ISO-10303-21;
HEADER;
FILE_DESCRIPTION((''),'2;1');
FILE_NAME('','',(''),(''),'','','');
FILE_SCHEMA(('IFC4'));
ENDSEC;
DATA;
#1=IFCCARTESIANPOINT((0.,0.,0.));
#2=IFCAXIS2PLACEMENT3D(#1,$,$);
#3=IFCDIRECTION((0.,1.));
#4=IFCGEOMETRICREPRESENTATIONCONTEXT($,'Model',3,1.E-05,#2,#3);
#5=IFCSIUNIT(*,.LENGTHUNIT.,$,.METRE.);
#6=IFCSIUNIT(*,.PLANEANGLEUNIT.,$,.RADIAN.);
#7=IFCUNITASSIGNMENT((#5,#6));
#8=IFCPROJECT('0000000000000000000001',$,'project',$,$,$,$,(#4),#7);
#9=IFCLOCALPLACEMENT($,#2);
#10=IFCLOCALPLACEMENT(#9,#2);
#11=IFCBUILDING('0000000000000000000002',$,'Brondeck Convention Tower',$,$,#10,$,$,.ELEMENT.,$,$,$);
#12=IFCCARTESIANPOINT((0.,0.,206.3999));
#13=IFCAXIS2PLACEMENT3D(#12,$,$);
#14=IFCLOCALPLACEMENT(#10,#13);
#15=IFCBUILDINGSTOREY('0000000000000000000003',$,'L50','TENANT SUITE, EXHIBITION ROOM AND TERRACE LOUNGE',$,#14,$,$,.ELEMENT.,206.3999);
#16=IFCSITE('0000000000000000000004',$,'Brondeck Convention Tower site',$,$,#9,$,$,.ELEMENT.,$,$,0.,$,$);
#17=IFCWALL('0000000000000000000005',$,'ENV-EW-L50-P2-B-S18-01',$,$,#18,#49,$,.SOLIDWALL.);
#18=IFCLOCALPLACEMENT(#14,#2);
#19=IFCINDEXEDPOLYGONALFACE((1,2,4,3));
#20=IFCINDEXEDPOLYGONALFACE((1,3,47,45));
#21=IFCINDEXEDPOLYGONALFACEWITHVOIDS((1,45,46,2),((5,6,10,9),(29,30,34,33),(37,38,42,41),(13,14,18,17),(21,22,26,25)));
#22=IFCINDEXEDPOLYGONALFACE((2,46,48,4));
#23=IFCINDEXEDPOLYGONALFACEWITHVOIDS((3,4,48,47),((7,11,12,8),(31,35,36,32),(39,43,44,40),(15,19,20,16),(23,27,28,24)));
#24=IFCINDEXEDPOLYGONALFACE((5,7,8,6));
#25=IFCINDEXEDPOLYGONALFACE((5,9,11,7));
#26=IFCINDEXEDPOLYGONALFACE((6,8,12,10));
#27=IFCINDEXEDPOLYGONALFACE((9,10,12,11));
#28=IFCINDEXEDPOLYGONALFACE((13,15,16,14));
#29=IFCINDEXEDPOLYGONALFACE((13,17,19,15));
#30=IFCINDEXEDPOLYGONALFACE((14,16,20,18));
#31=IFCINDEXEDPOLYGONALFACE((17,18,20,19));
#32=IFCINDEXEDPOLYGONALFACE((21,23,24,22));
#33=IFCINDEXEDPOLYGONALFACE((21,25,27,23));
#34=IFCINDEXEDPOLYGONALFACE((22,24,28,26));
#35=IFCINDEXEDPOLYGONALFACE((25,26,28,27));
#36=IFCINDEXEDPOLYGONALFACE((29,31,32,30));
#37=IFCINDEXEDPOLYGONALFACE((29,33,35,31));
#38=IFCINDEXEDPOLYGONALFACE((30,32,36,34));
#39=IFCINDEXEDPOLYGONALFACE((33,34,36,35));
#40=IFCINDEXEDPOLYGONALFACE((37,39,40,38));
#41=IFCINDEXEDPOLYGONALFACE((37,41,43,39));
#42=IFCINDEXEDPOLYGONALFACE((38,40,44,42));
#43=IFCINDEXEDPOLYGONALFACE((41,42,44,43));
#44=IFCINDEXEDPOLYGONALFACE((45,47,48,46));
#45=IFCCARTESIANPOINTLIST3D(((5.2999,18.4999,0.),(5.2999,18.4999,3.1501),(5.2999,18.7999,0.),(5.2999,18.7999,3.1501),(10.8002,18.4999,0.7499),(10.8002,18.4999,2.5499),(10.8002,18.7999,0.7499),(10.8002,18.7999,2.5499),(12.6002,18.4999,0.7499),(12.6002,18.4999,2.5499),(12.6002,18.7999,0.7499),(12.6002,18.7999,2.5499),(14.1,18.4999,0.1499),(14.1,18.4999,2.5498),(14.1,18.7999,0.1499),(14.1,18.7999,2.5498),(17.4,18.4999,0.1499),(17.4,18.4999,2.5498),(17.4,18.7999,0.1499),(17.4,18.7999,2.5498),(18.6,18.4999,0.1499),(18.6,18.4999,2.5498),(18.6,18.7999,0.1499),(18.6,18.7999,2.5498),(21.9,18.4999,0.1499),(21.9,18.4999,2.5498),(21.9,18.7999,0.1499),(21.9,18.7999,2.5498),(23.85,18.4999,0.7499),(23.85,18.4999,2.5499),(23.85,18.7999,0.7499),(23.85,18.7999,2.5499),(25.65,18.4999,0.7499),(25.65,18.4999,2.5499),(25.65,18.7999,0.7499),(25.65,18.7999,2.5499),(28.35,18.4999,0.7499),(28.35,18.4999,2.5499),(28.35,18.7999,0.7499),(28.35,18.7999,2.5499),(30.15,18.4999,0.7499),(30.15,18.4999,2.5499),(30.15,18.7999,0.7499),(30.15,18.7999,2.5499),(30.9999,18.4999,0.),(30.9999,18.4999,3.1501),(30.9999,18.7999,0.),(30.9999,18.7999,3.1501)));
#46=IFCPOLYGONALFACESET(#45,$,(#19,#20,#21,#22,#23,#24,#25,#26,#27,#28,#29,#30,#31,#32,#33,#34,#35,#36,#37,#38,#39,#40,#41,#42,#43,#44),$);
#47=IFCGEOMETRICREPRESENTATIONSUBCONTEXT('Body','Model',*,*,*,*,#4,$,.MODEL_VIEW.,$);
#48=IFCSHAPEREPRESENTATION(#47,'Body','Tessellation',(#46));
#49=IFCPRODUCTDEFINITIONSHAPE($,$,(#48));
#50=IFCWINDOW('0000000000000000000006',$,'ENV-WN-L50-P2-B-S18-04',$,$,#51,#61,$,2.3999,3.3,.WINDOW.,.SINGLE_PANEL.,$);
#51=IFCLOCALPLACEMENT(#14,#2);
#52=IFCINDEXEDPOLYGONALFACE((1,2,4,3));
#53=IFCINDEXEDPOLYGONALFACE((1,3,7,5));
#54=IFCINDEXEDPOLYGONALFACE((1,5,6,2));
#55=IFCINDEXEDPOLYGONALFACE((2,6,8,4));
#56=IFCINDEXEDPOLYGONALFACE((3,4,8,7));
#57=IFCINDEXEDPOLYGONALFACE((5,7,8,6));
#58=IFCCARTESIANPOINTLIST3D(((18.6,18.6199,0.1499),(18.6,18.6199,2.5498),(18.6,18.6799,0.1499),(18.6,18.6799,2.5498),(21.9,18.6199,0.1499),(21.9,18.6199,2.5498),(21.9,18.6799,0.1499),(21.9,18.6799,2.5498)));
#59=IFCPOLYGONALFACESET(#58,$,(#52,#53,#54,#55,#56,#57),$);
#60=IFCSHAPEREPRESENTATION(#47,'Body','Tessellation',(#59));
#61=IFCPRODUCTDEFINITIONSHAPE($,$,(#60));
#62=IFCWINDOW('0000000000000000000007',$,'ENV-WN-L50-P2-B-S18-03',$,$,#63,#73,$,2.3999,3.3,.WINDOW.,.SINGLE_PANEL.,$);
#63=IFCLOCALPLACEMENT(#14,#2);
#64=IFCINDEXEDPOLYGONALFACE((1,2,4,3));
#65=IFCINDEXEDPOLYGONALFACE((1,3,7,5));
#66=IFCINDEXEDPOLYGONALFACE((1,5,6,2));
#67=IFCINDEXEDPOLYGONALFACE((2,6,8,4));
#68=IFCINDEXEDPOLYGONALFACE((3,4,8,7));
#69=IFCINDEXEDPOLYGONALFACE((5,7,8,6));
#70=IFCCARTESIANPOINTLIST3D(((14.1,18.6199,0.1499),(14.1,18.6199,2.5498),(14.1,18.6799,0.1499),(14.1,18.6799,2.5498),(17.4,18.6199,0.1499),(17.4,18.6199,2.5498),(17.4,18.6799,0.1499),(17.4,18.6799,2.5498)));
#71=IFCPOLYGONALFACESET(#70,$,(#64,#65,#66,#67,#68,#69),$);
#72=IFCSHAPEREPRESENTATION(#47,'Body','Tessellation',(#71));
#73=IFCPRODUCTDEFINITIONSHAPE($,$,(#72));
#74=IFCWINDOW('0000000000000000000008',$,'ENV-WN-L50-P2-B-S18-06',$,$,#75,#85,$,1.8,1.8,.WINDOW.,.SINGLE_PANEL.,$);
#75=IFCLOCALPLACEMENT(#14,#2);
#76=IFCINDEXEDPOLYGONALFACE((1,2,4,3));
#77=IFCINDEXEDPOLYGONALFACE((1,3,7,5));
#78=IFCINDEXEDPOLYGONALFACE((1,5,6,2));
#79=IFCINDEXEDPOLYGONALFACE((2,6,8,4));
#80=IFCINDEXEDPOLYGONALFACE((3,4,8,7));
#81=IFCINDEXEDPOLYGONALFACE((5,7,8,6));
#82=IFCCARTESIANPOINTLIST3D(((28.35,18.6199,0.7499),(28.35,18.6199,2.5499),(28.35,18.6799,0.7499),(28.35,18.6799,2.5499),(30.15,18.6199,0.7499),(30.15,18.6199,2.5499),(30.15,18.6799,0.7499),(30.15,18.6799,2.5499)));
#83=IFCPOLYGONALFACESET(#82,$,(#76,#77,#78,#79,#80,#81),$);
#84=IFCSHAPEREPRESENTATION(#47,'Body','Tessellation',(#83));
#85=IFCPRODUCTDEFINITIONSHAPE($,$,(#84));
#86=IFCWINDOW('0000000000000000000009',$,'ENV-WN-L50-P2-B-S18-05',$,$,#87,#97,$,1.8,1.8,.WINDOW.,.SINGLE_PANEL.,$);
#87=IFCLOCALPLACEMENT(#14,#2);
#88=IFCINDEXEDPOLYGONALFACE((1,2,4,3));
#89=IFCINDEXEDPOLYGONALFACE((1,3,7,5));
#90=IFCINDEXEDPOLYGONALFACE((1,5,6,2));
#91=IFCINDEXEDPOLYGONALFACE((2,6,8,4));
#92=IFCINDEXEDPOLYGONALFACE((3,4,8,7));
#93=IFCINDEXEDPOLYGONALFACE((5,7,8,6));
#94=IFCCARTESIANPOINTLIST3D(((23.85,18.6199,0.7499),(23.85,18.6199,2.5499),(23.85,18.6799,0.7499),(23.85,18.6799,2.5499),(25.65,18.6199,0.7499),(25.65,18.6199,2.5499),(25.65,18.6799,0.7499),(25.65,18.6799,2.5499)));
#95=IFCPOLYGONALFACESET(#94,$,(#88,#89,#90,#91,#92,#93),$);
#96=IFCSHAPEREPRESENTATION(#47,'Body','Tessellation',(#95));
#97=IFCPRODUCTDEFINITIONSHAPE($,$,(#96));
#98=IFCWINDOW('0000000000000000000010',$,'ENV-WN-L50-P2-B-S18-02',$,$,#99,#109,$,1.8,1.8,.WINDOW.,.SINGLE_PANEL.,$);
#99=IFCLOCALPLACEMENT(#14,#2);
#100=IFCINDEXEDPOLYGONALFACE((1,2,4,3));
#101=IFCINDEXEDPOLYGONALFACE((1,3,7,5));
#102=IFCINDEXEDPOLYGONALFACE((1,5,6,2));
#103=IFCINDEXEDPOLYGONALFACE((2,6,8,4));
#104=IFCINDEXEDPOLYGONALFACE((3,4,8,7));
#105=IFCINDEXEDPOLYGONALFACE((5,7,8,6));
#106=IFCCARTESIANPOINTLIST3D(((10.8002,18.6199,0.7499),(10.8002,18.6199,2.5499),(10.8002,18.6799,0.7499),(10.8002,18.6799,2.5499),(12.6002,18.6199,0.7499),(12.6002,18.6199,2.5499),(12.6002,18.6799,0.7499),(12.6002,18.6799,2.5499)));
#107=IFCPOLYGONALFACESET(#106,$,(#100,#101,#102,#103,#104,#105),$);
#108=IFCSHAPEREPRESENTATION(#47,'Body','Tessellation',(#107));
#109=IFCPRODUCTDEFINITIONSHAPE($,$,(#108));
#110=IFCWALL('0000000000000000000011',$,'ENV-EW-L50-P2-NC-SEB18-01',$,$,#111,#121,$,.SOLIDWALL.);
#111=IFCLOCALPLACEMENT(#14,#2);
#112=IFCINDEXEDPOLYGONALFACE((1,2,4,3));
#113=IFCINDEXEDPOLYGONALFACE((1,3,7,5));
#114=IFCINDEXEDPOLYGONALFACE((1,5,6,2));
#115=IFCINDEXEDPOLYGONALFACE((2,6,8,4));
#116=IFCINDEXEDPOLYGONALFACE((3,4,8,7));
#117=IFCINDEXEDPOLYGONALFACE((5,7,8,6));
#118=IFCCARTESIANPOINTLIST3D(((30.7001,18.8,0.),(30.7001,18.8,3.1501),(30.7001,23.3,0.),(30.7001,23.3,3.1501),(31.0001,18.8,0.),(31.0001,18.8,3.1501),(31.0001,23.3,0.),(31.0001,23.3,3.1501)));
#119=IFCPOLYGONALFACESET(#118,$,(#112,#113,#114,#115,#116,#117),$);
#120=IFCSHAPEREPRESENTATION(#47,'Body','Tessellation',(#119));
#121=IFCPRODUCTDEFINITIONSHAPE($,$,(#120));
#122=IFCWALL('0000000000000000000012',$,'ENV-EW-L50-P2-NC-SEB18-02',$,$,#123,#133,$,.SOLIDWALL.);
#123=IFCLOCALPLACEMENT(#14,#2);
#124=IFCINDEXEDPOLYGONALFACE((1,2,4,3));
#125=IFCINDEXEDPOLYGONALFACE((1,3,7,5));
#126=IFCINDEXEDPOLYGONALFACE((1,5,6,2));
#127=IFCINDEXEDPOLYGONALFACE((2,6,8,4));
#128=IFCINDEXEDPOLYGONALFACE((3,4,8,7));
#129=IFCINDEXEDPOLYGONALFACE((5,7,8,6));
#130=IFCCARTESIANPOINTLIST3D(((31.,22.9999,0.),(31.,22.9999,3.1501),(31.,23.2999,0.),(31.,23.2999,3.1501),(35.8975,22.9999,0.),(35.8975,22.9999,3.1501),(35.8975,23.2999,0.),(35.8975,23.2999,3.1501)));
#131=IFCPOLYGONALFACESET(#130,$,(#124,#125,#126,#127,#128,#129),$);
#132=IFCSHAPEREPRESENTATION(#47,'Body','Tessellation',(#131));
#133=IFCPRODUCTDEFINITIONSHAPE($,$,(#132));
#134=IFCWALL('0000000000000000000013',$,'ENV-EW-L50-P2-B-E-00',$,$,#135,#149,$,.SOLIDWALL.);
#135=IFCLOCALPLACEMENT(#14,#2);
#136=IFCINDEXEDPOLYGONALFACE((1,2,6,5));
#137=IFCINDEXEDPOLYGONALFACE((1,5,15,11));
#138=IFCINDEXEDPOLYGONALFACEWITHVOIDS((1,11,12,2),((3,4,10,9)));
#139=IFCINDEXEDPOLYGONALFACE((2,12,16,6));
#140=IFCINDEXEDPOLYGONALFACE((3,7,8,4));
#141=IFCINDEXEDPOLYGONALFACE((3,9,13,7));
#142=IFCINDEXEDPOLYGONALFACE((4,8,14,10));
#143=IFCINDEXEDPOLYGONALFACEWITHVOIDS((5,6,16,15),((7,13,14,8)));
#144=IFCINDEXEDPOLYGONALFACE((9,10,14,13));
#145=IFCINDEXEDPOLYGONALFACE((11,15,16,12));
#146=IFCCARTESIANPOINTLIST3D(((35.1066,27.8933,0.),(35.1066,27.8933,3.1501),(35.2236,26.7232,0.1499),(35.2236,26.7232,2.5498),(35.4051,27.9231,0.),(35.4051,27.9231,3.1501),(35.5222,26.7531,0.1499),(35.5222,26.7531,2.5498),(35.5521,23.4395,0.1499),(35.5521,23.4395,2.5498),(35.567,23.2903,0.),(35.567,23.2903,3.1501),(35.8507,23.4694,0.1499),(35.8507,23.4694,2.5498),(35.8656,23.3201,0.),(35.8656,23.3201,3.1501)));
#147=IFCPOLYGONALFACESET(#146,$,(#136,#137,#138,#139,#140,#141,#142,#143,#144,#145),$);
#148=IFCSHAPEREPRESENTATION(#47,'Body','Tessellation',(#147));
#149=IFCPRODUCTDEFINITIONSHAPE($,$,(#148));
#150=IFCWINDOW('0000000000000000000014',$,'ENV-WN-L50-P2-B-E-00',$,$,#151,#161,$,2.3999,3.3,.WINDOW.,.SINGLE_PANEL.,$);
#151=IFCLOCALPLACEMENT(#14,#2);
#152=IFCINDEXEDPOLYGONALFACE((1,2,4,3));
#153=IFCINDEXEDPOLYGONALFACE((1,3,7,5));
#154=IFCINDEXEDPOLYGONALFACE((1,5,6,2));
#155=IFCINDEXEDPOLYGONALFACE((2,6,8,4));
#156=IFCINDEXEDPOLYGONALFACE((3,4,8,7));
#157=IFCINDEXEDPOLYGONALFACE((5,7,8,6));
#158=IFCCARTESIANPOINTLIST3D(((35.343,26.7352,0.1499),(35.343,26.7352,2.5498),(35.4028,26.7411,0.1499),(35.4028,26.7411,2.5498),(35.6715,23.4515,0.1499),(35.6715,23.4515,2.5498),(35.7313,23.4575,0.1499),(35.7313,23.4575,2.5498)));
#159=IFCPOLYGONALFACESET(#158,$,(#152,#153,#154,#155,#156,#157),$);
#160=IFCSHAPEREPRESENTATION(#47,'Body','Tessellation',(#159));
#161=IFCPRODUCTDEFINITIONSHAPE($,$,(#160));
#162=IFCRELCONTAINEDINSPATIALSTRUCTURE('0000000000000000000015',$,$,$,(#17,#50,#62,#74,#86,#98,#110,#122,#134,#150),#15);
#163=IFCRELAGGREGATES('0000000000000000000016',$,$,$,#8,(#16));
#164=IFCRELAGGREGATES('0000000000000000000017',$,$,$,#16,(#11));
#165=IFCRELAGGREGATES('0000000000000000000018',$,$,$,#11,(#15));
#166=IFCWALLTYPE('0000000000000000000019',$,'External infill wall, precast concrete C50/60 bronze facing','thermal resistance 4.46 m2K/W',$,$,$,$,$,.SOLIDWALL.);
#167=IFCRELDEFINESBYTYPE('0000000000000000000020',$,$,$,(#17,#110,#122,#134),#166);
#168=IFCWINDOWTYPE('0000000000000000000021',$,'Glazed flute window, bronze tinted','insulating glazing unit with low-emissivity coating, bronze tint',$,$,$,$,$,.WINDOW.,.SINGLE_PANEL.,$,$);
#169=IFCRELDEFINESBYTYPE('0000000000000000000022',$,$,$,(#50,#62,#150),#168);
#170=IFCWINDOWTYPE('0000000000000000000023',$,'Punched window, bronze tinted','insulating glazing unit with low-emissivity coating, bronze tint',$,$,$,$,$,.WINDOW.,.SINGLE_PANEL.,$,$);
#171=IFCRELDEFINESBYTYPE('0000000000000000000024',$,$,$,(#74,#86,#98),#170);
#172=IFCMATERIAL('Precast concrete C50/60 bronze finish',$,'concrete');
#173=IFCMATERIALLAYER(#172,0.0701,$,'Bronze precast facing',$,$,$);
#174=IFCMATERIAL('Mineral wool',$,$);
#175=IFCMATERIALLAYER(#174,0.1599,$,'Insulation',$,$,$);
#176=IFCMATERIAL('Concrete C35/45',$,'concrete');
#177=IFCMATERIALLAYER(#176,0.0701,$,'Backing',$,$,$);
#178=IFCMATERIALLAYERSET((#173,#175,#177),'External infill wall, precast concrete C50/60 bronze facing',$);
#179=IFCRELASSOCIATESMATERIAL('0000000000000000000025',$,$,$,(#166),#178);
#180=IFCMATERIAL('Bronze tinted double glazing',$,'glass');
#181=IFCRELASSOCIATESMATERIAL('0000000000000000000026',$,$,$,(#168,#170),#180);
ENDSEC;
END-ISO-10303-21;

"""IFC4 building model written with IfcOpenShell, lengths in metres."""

from ifc_helpers import new_model, si_unit, direction, frame, frame_2d, origin, place, context, subcontext, project, spatial, rectangle, extrude, material, layer, layer_set, type_object, element, fill, save


model = new_model("IFC4")

# Units and contexts
model_context = context("Model", 3, precision=1e-05, world=origin(), true_north=direction((0.0, 1.0)))
body_context = subcontext(model_context, "Body", "Model", "MODEL_VIEW")
ifc_project = project(units=[si_unit("LENGTHUNIT", "METRE"), si_unit("PLANEANGLEUNIT", "RADIAN")], contexts=[model_context])

# Site, building, storey
site_placement = place(None, origin())
site = spatial("IfcSite", under=ifc_project, at=site_placement, Name="Brondeck Convention Tower site", CompositionType="ELEMENT", RefElevation=0.0)
building_placement = place(site_placement, origin())
building = spatial("IfcBuilding", under=site, at=building_placement, Name="Brondeck Convention Tower", CompositionType="ELEMENT")
storey_placement = place(building_placement, frame((0.0, 0.0, 206.3999)))
storey = spatial("IfcBuildingStorey", under=building, at=storey_placement, Name="L50", Description="TENANT SUITE, EXHIBITION ROOM AND TERRACE LOUNGE", CompositionType="ELEMENT", Elevation=206.3999)

# Wall, openings, windows
ifc_material_1 = material(Name="Precast concrete C50/60 bronze finish", Category="concrete")
ifc_layer_1 = layer(ifc_material_1, 0.0701, Name="Bronze precast facing")
ifc_material_2 = material(Name="Mineral wool")
ifc_layer_2 = layer(ifc_material_2, 0.1599, Name="Insulation")
ifc_material_3 = material(Name="Concrete C35/45", Category="concrete")
ifc_layer_3 = layer(ifc_material_3, 0.0701, Name="Backing")
ifc_layer_set_1 = layer_set([ifc_layer_1, ifc_layer_2, ifc_layer_3], Name="External infill wall, precast concrete C50/60 bronze facing")
wall_type_1 = type_object("IfcWallType", Name="External infill wall, precast concrete C50/60 bronze facing", Description="thermal resistance 4.46 m2K/W", PredefinedType="SOLIDWALL", material=ifc_layer_set_1)
wall_1_placement = place(storey_placement, frame((31.0, 18.6499, 0.0), z_axis=(0.0, 0.0, 1.0), x_axis=(-1.0, 0.0, 0.0)))
wall_1 = element("IfcWall", 1, at=wall_1_placement, inside=storey, type_object=wall_type_1, Name="ENV-EW-L50-P2-B-S18-01", PredefinedType="SOLIDWALL", context=body_context, shape_type="SweptSolid", body=[
    extrude(rectangle(XDim=25.7, YDim=0.3, at=frame_2d((12.8501, 0.0))), origin(), (0.0, 0.0, 1.0), 3.1501),
])
opening_1_placement = place(wall_1_placement, frame((0.8501, 0.0, 0.75)))
opening_1 = element("IfcOpeningElement", 2, at=opening_1_placement, cuts=wall_1, PredefinedType="OPENING", context=body_context, shape_type="SweptSolid", body=[
    extrude(rectangle(XDim=1.8, YDim=1.8, at=frame_2d((0.8999, 0.8999))), frame((0.0, 0.1599, 0.0), z_axis=(0.0, -1.0, 0.0), x_axis=(1.0, 0.0, 0.0)), (0.0, 0.0, 1.0), 0.3201),
])
opening_2_placement = place(wall_1_placement, frame((5.3501, 0.0, 0.75)))
opening_2 = element("IfcOpeningElement", 3, at=opening_2_placement, cuts=wall_1, PredefinedType="OPENING", context=body_context, shape_type="SweptSolid", body=[
    extrude(rectangle(XDim=1.8, YDim=1.8, at=frame_2d((0.8999, 0.8999))), frame((0.0, 0.1599, 0.0), z_axis=(0.0, -1.0, 0.0), x_axis=(1.0, 0.0, 0.0)), (0.0, 0.0, 1.0), 0.3201),
])
opening_3_placement = place(wall_1_placement, frame((9.1001, 0.0, 0.1499)))
opening_3 = element("IfcOpeningElement", 4, at=opening_3_placement, cuts=wall_1, PredefinedType="OPENING", context=body_context, shape_type="SweptSolid", body=[
    extrude(rectangle(XDim=3.3, YDim=2.3999, at=frame_2d((1.6499, 1.2))), frame((0.0, 0.1599, 0.0), z_axis=(0.0, -1.0, 0.0), x_axis=(1.0, 0.0, 0.0)), (0.0, 0.0, 1.0), 0.3201),
])
opening_4_placement = place(wall_1_placement, frame((13.6001, 0.0, 0.1499)))
opening_4 = element("IfcOpeningElement", 5, at=opening_4_placement, cuts=wall_1, PredefinedType="OPENING", context=body_context, shape_type="SweptSolid", body=[
    extrude(rectangle(XDim=3.3, YDim=2.3999, at=frame_2d((1.6499, 1.2))), frame((0.0, 0.1599, 0.0), z_axis=(0.0, -1.0, 0.0), x_axis=(1.0, 0.0, 0.0)), (0.0, 0.0, 1.0), 0.3201),
])
opening_5_placement = place(wall_1_placement, frame((18.3999, 0.0, 0.75)))
opening_5 = element("IfcOpeningElement", 6, at=opening_5_placement, cuts=wall_1, PredefinedType="OPENING", context=body_context, shape_type="SweptSolid", body=[
    extrude(rectangle(XDim=1.8, YDim=1.8, at=frame_2d((0.8999, 0.8999))), frame((0.0, 0.1599, 0.0), z_axis=(0.0, -1.0, 0.0), x_axis=(1.0, 0.0, 0.0)), (0.0, 0.0, 1.0), 0.3201),
])
ifc_material_4 = material(Name="Bronze tinted double glazing", Category="glass")
window_type_1 = type_object("IfcWindowType", Name="Glazed flute window, bronze tinted", Description="insulating glazing unit with low-emissivity coating, bronze tint", PartitioningType="SINGLE_PANEL", PredefinedType="WINDOW", material=ifc_material_4)
window_1_placement = place(opening_3_placement, origin())
window_1 = element("IfcWindow", 7, at=window_1_placement, inside=storey, type_object=window_type_1, Name="ENV-WN-L50-P2-B-S18-04", OverallHeight=2.3999, OverallWidth=3.3, PartitioningType="SINGLE_PANEL", PredefinedType="WINDOW", context=body_context, shape_type="SweptSolid", body=[
    extrude(rectangle(XDim=3.3, YDim=2.3999, at=frame_2d((1.6499, 1.2))), frame((0.0, 0.03, 0.0), z_axis=(0.0, -1.0, 0.0), x_axis=(1.0, 0.0, 0.0)), (0.0, 0.0, 1.0), 0.0601),
])
fill(opening_3, window_1)
window_2_placement = place(opening_4_placement, origin())
window_2 = element("IfcWindow", 8, at=window_2_placement, inside=storey, type_object=window_type_1, Name="ENV-WN-L50-P2-B-S18-03", OverallHeight=2.3999, OverallWidth=3.3, PartitioningType="SINGLE_PANEL", PredefinedType="WINDOW", context=body_context, shape_type="SweptSolid", body=[
    extrude(rectangle(XDim=3.3, YDim=2.3999, at=frame_2d((1.6499, 1.2))), frame((0.0, 0.03, 0.0), z_axis=(0.0, -1.0, 0.0), x_axis=(1.0, 0.0, 0.0)), (0.0, 0.0, 1.0), 0.0601),
])
fill(opening_4, window_2)
window_type_2 = type_object("IfcWindowType", Name="Punched window, bronze tinted", Description="insulating glazing unit with low-emissivity coating, bronze tint", PartitioningType="SINGLE_PANEL", PredefinedType="WINDOW", material=ifc_material_4)
window_3_placement = place(opening_1_placement, origin())
window_3 = element("IfcWindow", 9, at=window_3_placement, inside=storey, type_object=window_type_2, Name="ENV-WN-L50-P2-B-S18-06", OverallHeight=1.8, OverallWidth=1.8, PartitioningType="SINGLE_PANEL", PredefinedType="WINDOW", context=body_context, shape_type="SweptSolid", body=[
    extrude(rectangle(XDim=1.8, YDim=1.8, at=frame_2d((0.8999, 0.8999))), frame((0.0, 0.03, 0.0), z_axis=(0.0, -1.0, 0.0), x_axis=(1.0, 0.0, 0.0)), (0.0, 0.0, 1.0), 0.0601),
])
fill(opening_1, window_3)
window_4_placement = place(opening_2_placement, origin())
window_4 = element("IfcWindow", 10, at=window_4_placement, inside=storey, type_object=window_type_2, Name="ENV-WN-L50-P2-B-S18-05", OverallHeight=1.8, OverallWidth=1.8, PartitioningType="SINGLE_PANEL", PredefinedType="WINDOW", context=body_context, shape_type="SweptSolid", body=[
    extrude(rectangle(XDim=1.8, YDim=1.8, at=frame_2d((0.8999, 0.8999))), frame((0.0, 0.03, 0.0), z_axis=(0.0, -1.0, 0.0), x_axis=(1.0, 0.0, 0.0)), (0.0, 0.0, 1.0), 0.0601),
])
fill(opening_2, window_4)
window_5_placement = place(opening_5_placement, origin())
window_5 = element("IfcWindow", 11, at=window_5_placement, inside=storey, type_object=window_type_2, Name="ENV-WN-L50-P2-B-S18-02", OverallHeight=1.8, OverallWidth=1.8, PartitioningType="SINGLE_PANEL", PredefinedType="WINDOW", context=body_context, shape_type="SweptSolid", body=[
    extrude(rectangle(XDim=1.8, YDim=1.8, at=frame_2d((0.8999, 0.8999))), frame((0.0, 0.03, 0.0), z_axis=(0.0, -1.0, 0.0), x_axis=(1.0, 0.0, 0.0)), (0.0, 0.0, 1.0), 0.0601),
])
fill(opening_5, window_5)

# Walls
wall_2_placement = place(storey_placement, frame((30.8501, 23.3, 0.0), z_axis=(0.0, 0.0, 1.0), x_axis=(0.0, -1.0, 0.0)))
element("IfcWall", 12, at=wall_2_placement, inside=storey, type_object=wall_type_1, Name="ENV-EW-L50-P2-NC-SEB18-01", PredefinedType="SOLIDWALL", context=body_context, shape_type="SweptSolid", body=[
    extrude(rectangle(XDim=4.5, YDim=0.3, at=frame_2d((2.25, 0.0))), origin(), (0.0, 0.0, 1.0), 3.1501),
])
wall_3_placement = place(storey_placement, frame((35.8975, 23.1499, 0.0), z_axis=(0.0, 0.0, 1.0), x_axis=(-1.0, 0.0, 0.0)))
element("IfcWall", 13, at=wall_3_placement, inside=storey, type_object=wall_type_1, Name="ENV-EW-L50-P2-NC-SEB18-02", PredefinedType="SOLIDWALL", context=body_context, shape_type="SweptSolid", body=[
    extrude(rectangle(XDim=4.8975, YDim=0.3, at=frame_2d((2.4487, 0.0))), origin(), (0.0, 0.0, 1.0), 3.1501),
])

# Wall, opening, window
wall_4_placement = place(storey_placement, frame((35.2559, 27.9082, 0.0), z_axis=(0.0, 0.0, 1.0), x_axis=(0.099535, -0.995034, 0.0)))
wall_4 = element("IfcWall", 14, at=wall_4_placement, inside=storey, type_object=wall_type_1, Name="ENV-EW-L50-P2-B-E-00", PredefinedType="SOLIDWALL", context=body_context, shape_type="SweptSolid", body=[
    extrude(rectangle(XDim=4.626, YDim=0.3, at=frame_2d((2.313, 0.0))), origin(), (0.0, 0.0, 1.0), 3.1501),
])
opening_6_placement = place(wall_4_placement, frame((1.176, 0.0, 0.1499)))
opening_6 = element("IfcOpeningElement", 15, at=opening_6_placement, cuts=wall_4, PredefinedType="OPENING", context=body_context, shape_type="SweptSolid", body=[
    extrude(rectangle(XDim=3.3, YDim=2.3999, at=frame_2d((1.6499, 1.2))), frame((0.0, 0.1599, 0.0), z_axis=(0.0, -1.0, 0.0), x_axis=(1.0, 0.0, 0.0)), (0.0, 0.0, 1.0), 0.3201),
])
window_6_placement = place(opening_6_placement, origin())
window_6 = element("IfcWindow", 16, at=window_6_placement, inside=storey, type_object=window_type_1, Name="ENV-WN-L50-P2-B-E-00", OverallHeight=2.3999, OverallWidth=3.3, PartitioningType="SINGLE_PANEL", PredefinedType="WINDOW", context=body_context, shape_type="SweptSolid", body=[
    extrude(rectangle(XDim=3.3, YDim=2.3999, at=frame_2d((1.6499, 1.2))), frame((0.0, 0.03, 0.0), z_axis=(0.0, -1.0, 0.0), x_axis=(1.0, 0.0, 0.0)), (0.0, 0.0, 1.0), 0.0601),
])
fill(opening_6, window_6)

save(model, "model.ifc")
